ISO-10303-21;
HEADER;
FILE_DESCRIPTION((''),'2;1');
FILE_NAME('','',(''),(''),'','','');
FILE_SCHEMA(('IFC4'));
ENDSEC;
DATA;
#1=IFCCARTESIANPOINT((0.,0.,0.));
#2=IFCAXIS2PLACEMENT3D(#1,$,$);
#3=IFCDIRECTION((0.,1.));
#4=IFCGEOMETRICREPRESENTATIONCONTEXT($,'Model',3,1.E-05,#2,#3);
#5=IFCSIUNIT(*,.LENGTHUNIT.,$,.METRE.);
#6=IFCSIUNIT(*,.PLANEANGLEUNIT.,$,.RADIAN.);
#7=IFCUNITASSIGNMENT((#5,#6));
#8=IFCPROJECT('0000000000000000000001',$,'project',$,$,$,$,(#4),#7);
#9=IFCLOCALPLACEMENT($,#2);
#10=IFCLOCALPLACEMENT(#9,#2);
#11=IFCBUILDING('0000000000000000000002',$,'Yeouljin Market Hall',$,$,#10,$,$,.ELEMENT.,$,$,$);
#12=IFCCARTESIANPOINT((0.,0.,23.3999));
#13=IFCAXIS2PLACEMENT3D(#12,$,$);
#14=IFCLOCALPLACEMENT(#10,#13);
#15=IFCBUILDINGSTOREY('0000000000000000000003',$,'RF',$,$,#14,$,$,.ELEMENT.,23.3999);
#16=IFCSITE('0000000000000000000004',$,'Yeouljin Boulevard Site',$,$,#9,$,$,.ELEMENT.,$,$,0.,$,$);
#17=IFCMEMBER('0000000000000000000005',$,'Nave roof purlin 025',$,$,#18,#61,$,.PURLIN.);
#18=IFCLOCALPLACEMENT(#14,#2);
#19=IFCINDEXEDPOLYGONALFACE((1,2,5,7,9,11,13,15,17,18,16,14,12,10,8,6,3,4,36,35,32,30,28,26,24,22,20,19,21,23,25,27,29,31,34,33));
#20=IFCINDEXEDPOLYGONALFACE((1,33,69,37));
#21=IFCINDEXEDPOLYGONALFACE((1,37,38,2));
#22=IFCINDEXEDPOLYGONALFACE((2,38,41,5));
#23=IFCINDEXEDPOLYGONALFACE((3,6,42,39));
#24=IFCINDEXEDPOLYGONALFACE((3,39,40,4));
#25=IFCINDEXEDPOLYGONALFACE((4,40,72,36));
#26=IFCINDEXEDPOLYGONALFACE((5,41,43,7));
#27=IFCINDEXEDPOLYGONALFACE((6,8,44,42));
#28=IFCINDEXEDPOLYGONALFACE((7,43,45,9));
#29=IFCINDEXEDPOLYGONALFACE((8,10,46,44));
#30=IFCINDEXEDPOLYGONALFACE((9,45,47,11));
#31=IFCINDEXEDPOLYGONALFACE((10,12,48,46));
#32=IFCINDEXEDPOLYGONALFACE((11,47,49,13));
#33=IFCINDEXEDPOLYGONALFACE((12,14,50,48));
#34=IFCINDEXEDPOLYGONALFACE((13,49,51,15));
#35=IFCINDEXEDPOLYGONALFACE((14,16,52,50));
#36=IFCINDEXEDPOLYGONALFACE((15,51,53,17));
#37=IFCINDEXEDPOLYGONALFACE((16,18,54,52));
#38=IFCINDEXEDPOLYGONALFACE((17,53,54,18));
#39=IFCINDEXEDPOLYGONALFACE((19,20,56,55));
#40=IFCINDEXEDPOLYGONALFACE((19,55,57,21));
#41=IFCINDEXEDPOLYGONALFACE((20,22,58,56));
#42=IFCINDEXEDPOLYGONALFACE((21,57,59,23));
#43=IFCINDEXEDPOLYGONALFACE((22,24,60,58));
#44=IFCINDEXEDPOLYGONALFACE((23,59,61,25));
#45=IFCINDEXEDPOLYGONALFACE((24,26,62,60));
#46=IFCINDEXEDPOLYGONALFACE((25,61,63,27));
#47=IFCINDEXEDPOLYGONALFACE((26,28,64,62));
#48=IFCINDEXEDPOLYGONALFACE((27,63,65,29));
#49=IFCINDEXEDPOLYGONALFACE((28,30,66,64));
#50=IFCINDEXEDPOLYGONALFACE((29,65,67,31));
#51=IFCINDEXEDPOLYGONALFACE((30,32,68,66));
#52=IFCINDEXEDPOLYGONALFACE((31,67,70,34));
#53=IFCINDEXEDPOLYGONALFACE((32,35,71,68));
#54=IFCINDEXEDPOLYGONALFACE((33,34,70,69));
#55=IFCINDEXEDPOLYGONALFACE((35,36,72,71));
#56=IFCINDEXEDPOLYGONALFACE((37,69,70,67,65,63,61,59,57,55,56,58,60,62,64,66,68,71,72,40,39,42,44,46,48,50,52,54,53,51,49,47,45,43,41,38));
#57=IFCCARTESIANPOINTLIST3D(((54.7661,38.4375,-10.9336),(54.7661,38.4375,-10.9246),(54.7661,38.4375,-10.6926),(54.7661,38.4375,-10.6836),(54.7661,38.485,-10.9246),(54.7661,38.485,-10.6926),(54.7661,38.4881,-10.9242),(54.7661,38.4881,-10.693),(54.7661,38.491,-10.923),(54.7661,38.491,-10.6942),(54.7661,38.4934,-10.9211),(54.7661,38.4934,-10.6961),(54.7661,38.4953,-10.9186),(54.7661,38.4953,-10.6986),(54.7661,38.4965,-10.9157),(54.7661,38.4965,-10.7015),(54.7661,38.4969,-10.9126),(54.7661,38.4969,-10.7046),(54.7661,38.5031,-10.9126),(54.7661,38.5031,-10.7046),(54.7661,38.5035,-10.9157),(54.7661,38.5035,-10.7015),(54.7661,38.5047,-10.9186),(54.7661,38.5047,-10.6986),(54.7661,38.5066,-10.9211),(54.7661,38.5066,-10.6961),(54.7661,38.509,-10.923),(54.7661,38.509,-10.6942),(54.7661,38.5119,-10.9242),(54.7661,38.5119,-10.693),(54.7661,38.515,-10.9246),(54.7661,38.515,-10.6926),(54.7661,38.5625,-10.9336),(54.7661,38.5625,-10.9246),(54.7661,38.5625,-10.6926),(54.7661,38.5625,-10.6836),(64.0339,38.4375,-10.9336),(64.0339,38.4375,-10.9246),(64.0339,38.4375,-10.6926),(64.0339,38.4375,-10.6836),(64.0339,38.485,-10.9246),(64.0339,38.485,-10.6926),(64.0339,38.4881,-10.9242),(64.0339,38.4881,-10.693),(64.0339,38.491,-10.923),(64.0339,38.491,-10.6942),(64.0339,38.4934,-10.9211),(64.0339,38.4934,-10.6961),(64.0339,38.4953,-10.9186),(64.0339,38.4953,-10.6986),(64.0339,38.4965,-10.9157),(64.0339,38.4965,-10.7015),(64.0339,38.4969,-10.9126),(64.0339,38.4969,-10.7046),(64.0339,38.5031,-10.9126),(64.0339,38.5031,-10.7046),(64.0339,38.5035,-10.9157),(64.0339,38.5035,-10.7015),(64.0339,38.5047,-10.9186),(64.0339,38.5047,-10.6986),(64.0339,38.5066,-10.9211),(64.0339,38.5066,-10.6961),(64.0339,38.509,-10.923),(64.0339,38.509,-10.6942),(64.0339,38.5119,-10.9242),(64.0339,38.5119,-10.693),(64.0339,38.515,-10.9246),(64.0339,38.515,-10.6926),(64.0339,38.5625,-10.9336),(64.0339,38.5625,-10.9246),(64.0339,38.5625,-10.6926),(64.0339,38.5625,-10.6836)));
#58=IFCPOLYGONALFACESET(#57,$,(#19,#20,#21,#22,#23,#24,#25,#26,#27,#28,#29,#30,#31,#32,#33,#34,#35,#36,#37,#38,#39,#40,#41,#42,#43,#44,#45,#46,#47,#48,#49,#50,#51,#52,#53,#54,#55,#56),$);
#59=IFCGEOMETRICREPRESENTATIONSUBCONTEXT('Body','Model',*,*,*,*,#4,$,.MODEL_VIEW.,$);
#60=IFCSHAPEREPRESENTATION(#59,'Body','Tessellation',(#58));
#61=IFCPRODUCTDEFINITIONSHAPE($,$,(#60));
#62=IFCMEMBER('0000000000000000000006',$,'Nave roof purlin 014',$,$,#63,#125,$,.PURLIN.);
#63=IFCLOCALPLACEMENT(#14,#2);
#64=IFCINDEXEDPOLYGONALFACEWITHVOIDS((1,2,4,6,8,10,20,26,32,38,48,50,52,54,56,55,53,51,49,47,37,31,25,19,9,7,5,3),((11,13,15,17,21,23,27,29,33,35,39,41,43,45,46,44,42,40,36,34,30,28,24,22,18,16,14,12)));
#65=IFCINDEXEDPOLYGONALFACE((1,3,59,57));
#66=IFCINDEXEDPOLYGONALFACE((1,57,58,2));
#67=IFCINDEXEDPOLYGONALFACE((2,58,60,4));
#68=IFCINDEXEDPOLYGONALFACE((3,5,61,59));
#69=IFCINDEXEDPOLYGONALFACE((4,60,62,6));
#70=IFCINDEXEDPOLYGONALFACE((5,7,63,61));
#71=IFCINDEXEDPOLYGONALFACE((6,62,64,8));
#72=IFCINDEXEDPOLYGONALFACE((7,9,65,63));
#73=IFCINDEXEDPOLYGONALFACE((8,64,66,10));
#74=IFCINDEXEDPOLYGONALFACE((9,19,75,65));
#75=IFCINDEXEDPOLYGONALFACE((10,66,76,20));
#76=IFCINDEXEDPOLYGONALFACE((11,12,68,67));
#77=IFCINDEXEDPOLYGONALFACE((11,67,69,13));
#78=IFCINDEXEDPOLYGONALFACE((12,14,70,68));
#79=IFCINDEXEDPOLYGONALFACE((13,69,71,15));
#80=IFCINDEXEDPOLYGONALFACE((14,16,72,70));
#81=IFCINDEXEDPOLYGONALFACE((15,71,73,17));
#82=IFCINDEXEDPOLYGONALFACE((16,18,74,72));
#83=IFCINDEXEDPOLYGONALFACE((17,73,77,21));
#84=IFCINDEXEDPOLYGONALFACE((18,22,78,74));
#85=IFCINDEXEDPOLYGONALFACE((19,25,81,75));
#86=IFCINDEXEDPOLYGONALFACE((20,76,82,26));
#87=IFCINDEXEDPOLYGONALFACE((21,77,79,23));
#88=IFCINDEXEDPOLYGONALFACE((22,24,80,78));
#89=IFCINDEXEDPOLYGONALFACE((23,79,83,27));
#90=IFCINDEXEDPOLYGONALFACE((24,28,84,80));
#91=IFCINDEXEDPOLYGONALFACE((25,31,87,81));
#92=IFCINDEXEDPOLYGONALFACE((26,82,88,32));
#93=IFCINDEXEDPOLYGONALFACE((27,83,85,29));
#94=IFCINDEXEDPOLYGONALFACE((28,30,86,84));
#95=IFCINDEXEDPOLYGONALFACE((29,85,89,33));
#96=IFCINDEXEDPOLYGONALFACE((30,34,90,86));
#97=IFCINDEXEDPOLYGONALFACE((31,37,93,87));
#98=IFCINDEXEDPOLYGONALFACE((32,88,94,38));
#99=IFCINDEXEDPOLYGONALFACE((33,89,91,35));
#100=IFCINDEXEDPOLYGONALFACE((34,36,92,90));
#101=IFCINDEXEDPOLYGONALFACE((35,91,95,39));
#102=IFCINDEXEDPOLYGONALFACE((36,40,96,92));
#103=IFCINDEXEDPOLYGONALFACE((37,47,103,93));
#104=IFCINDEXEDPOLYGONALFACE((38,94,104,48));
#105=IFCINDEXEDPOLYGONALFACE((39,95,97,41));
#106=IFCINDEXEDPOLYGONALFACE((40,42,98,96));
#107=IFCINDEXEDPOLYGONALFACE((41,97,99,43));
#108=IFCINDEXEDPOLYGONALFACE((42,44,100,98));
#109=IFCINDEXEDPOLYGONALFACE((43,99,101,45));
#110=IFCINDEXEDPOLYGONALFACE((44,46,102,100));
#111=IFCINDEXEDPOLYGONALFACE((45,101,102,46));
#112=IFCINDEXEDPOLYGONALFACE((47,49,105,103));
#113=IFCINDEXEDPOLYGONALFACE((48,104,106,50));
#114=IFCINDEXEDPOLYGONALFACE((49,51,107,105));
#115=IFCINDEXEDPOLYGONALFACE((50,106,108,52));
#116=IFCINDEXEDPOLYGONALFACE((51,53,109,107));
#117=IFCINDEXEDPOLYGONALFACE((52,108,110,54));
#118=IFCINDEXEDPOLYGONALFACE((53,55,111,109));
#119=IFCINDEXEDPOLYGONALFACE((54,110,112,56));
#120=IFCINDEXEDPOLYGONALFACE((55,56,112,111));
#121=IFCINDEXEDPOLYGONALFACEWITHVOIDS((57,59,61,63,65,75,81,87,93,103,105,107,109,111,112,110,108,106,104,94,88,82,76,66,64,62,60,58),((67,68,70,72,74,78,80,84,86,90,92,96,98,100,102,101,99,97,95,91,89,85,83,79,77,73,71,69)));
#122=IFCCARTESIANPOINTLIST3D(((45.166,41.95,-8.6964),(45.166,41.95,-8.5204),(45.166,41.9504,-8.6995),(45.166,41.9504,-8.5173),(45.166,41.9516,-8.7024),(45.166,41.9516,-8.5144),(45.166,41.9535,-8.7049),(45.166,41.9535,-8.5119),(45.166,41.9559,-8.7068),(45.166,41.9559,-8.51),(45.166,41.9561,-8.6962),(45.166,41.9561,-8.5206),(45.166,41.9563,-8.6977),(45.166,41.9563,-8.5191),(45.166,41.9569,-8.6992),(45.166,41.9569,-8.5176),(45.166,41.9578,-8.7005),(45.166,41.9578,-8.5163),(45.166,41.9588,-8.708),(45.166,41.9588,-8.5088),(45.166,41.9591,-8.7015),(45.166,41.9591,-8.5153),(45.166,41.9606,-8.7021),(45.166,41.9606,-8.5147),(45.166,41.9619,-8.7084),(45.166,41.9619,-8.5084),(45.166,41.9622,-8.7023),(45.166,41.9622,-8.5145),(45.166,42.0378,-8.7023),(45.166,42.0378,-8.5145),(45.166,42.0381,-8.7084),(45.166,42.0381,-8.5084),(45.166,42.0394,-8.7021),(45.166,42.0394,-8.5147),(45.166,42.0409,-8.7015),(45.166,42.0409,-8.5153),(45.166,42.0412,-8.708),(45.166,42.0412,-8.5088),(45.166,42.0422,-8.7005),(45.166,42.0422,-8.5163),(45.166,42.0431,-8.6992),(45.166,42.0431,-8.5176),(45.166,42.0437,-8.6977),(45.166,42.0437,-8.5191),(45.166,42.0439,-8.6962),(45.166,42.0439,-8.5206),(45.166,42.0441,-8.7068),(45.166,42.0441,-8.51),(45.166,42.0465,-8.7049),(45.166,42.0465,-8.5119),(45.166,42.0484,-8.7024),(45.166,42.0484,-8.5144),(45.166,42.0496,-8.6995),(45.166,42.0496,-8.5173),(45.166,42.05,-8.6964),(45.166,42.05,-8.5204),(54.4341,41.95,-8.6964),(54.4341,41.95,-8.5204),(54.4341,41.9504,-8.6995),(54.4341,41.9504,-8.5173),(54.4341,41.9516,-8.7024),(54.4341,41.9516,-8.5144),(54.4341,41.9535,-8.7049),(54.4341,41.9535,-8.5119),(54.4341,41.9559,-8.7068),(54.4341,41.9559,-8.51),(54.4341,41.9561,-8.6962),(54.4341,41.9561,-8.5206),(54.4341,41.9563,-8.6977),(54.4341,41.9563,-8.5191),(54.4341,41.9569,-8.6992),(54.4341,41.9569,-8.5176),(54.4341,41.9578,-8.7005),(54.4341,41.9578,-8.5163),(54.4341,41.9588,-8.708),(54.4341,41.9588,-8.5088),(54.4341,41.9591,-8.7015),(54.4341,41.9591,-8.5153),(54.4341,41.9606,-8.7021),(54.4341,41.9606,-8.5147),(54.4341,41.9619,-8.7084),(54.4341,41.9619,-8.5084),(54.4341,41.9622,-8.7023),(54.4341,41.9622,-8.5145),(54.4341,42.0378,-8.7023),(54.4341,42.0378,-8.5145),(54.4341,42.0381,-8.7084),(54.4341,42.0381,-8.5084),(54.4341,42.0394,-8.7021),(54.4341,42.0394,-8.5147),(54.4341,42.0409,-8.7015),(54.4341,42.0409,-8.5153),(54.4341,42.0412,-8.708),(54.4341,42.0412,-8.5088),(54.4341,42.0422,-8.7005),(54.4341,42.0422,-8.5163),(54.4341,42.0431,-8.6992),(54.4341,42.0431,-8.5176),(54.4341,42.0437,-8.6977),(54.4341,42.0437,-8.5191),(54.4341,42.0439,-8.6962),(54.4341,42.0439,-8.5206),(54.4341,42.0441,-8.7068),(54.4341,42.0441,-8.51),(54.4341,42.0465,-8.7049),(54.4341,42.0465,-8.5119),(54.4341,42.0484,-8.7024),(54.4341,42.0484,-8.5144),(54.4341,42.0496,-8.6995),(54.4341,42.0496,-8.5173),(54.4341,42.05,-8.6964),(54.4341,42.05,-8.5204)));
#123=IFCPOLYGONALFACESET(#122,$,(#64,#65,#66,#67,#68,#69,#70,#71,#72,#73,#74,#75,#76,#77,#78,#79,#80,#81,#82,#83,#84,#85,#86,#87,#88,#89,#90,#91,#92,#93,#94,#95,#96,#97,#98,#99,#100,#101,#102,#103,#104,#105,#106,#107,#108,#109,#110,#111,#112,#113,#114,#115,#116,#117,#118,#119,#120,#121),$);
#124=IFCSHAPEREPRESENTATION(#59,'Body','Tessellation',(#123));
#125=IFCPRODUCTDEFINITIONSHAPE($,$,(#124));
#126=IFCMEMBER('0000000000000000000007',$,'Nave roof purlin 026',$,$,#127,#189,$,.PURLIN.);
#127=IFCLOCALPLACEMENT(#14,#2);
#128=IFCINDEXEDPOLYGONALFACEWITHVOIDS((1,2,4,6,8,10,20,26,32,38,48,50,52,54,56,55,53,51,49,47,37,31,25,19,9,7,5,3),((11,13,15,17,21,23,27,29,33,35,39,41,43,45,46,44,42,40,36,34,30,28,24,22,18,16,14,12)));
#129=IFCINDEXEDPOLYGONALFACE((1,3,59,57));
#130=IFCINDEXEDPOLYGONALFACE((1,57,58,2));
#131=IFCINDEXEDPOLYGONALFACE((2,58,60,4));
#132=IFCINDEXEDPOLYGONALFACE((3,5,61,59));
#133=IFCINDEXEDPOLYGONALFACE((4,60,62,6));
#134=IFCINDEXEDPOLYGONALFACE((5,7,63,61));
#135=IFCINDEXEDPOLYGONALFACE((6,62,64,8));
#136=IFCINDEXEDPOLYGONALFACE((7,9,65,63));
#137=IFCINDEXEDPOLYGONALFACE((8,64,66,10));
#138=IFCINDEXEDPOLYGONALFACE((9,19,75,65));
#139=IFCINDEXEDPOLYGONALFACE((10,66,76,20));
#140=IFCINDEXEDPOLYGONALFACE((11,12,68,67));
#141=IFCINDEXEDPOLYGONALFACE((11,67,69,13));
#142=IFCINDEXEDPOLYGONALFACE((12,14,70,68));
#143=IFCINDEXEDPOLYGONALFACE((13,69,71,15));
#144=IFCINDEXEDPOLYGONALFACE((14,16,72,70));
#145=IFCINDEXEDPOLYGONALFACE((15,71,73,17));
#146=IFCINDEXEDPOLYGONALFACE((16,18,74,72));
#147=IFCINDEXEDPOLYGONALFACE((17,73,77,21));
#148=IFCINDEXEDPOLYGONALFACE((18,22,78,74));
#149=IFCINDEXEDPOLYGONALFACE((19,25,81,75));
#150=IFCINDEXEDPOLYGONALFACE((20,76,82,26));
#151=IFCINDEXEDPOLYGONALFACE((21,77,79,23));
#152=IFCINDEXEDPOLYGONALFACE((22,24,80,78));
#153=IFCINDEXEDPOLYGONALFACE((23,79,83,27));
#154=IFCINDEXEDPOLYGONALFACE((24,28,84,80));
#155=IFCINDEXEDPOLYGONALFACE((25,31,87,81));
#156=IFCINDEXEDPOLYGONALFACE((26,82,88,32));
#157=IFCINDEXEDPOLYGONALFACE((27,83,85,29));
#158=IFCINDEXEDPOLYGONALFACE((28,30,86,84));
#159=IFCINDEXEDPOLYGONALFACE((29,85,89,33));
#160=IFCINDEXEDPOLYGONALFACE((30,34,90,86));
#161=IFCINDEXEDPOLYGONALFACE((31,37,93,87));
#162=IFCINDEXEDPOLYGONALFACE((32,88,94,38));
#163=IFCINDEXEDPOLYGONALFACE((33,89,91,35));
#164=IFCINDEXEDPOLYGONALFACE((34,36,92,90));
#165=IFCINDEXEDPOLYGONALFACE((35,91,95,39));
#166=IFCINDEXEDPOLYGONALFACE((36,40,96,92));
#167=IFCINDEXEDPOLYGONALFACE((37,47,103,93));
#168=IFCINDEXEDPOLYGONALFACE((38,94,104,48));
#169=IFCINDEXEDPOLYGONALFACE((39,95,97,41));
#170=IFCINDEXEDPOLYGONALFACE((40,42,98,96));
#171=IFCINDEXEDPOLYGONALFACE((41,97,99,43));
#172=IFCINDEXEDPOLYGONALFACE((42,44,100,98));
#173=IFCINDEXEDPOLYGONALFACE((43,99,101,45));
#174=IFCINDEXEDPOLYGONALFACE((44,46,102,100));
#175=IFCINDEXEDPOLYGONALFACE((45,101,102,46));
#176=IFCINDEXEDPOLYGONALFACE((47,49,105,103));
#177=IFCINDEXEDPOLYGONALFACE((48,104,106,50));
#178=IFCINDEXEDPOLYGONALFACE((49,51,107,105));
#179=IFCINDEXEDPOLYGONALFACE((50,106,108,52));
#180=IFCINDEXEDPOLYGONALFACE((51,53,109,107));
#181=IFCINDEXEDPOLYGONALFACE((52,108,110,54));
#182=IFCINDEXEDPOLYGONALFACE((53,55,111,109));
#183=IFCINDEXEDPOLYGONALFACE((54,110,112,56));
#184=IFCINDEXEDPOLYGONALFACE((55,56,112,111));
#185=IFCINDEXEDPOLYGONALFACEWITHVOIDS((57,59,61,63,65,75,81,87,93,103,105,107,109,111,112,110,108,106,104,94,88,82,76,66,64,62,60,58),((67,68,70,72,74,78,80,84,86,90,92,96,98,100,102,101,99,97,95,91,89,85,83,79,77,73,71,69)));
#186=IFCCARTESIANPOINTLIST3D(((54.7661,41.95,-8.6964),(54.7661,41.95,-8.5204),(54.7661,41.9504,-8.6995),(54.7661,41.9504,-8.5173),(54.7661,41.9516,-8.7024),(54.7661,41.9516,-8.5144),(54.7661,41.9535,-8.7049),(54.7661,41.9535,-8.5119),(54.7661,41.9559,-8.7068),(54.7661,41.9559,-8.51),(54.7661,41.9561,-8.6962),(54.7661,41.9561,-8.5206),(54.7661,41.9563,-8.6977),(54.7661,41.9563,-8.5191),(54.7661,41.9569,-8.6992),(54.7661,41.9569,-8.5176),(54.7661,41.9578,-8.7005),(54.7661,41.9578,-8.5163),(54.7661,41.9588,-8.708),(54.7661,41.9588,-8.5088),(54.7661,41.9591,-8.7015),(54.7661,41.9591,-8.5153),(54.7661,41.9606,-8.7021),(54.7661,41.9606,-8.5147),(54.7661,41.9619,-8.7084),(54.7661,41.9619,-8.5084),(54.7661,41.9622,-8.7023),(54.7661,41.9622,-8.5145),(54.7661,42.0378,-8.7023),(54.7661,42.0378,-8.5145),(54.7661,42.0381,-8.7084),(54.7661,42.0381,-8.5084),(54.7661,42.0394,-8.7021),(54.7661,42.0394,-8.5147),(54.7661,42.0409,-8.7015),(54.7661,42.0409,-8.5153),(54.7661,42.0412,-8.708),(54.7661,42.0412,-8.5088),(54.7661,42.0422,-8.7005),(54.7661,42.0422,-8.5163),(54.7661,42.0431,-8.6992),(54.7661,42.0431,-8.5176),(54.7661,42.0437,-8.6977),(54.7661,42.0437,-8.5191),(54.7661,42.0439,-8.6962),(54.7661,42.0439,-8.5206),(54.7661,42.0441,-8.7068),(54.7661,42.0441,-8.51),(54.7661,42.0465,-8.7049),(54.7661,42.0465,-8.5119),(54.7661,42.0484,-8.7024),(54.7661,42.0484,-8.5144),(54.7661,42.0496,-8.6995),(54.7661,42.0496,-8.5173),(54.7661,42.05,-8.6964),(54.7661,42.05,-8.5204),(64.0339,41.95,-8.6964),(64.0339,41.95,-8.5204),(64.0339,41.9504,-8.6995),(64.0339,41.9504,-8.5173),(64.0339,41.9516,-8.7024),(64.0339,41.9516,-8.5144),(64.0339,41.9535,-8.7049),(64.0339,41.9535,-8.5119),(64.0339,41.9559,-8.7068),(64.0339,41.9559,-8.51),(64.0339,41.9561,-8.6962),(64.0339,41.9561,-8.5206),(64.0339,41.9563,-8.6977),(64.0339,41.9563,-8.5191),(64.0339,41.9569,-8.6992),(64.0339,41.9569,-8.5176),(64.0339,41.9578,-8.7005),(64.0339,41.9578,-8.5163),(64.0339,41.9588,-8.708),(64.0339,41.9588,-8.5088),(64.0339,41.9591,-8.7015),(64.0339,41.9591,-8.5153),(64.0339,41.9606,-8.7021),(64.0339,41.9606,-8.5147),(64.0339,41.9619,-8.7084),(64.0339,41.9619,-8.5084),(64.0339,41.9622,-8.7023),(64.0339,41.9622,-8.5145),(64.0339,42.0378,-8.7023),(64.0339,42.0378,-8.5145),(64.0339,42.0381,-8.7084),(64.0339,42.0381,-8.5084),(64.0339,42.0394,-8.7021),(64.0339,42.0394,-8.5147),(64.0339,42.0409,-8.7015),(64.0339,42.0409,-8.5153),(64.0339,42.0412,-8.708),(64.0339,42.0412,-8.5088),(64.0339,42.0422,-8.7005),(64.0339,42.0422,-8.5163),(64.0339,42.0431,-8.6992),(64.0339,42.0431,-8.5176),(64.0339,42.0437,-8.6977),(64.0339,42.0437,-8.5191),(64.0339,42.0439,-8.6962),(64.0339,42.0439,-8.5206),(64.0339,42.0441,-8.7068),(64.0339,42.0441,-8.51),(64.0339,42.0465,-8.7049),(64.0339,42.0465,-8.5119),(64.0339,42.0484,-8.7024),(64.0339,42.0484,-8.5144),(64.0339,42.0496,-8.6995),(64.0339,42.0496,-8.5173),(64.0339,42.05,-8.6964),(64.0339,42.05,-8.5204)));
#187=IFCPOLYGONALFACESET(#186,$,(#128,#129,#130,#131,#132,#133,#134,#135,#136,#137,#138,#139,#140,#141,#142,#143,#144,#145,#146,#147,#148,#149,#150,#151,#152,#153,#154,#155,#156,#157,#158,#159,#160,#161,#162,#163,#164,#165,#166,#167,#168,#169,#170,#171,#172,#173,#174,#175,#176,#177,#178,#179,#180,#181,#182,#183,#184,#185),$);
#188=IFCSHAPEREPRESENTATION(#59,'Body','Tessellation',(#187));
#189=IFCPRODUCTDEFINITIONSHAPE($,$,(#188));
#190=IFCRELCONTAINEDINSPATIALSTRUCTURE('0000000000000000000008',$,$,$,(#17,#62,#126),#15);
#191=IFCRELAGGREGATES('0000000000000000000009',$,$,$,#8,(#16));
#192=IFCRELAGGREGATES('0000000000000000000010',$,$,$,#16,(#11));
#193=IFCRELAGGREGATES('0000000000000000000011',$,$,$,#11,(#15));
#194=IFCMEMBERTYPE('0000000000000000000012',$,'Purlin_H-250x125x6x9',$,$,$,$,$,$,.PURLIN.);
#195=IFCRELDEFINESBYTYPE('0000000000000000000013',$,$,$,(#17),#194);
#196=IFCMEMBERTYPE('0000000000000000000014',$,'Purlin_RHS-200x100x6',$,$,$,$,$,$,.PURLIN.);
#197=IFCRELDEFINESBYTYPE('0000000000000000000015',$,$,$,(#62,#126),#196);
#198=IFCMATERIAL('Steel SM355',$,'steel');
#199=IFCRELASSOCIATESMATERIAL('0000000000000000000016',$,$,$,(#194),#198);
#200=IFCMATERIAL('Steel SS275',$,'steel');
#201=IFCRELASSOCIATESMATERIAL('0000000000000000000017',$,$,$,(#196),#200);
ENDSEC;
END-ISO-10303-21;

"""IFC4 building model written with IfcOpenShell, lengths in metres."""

from ifc_helpers import new_model, si_unit, direction, frame, origin, origin_2d, place, context, subcontext, project, spatial, hollow_rectangle, i_section, extrude, material, material_profile, profile_set, type_object, element, save


model = new_model("IFC4")

# Units and contexts
model_context = context("Model", 3, precision=1e-05, world=origin(), true_north=direction((0.0, 1.0)))
body_context = subcontext(model_context, "Body", "Model", "MODEL_VIEW")
ifc_project = project(units=[si_unit("LENGTHUNIT", "METRE"), si_unit("PLANEANGLEUNIT", "RADIAN")], contexts=[model_context])

# Site, building, storey
site_placement = place(None, origin())
site = spatial("IfcSite", under=ifc_project, at=site_placement, Name="Yeouljin Boulevard Site", CompositionType="ELEMENT", RefElevation=0.0)
building_placement = place(site_placement, origin())
building = spatial("IfcBuilding", under=site, at=building_placement, Name="Yeouljin Market Hall", CompositionType="ELEMENT")
storey_placement = place(building_placement, frame((0.0, 0.0, 23.3999)))
storey = spatial("IfcBuildingStorey", under=building, at=storey_placement, Name="RF", CompositionType="ELEMENT", Elevation=23.3999)

# Members
ifc_material_1 = material(Name="Steel SM355", Category="steel")
ifc_material_profile_1 = material_profile(ifc_material_1, i_section(OverallWidth=0.125, OverallDepth=0.25, WebThickness=0.0061, FlangeThickness=0.009, FilletRadius=0.012, at=origin_2d()), Name="H-250x125x6x9")
ifc_profile_set_1 = profile_set([ifc_material_profile_1], Name="Steel SM355")
member_type_1 = type_object("IfcMemberType", Name="Purlin_H-250x125x6x9", PredefinedType="PURLIN", material=ifc_profile_set_1)
member_1_placement = place(storey_placement, frame((54.7661, 38.5, -10.8086), z_axis=(1.0, 0.0, 0.0), x_axis=(0.0, 1.0, 0.0)))
element("IfcMember", 1, at=member_1_placement, inside=storey, type_object=member_type_1, Name="Nave roof purlin 025", PredefinedType="PURLIN", context=body_context, shape_type="SweptSolid", body=[
    extrude(i_section(OverallWidth=0.125, OverallDepth=0.25, WebThickness=0.0061, FlangeThickness=0.009, FilletRadius=0.012, at=origin_2d()), origin(), (0.0, 0.0, 1.0), 9.2678),
])
ifc_material_2 = material(Name="Steel SS275", Category="steel")
ifc_material_profile_2 = material_profile(ifc_material_2, hollow_rectangle(XDim=0.1001, YDim=0.2, WallThickness=0.0061, InnerFilletRadius=0.0061, OuterFilletRadius=0.012, at=origin_2d()), Name="RHS-200x100x6")
ifc_profile_set_2 = profile_set([ifc_material_profile_2], Name="Steel SS275")
member_type_2 = type_object("IfcMemberType", Name="Purlin_RHS-200x100x6", PredefinedType="PURLIN", material=ifc_profile_set_2)
member_2_placement = place(storey_placement, frame((45.166, 42.0, -8.6084), z_axis=(1.0, 0.0, 0.0), x_axis=(0.0, 1.0, 0.0)))
element("IfcMember", 2, at=member_2_placement, inside=storey, type_object=member_type_2, Name="Nave roof purlin 014", PredefinedType="PURLIN", context=body_context, shape_type="SweptSolid", body=[
    extrude(hollow_rectangle(XDim=0.1001, YDim=0.2, WallThickness=0.0061, InnerFilletRadius=0.0061, OuterFilletRadius=0.012, at=origin_2d()), origin(), (0.0, 0.0, 1.0), 9.2681),
])
member_3_placement = place(storey_placement, frame((54.7661, 42.0, -8.6084), z_axis=(1.0, 0.0, 0.0), x_axis=(0.0, 1.0, 0.0)))
element("IfcMember", 3, at=member_3_placement, inside=storey, type_object=member_type_2, Name="Nave roof purlin 026", PredefinedType="PURLIN", context=body_context, shape_type="SweptSolid", body=[
    extrude(hollow_rectangle(XDim=0.1001, YDim=0.2, WallThickness=0.0061, InnerFilletRadius=0.0061, OuterFilletRadius=0.012, at=origin_2d()), origin(), (0.0, 0.0, 1.0), 9.2678),
])

save(model, "model.ifc")
